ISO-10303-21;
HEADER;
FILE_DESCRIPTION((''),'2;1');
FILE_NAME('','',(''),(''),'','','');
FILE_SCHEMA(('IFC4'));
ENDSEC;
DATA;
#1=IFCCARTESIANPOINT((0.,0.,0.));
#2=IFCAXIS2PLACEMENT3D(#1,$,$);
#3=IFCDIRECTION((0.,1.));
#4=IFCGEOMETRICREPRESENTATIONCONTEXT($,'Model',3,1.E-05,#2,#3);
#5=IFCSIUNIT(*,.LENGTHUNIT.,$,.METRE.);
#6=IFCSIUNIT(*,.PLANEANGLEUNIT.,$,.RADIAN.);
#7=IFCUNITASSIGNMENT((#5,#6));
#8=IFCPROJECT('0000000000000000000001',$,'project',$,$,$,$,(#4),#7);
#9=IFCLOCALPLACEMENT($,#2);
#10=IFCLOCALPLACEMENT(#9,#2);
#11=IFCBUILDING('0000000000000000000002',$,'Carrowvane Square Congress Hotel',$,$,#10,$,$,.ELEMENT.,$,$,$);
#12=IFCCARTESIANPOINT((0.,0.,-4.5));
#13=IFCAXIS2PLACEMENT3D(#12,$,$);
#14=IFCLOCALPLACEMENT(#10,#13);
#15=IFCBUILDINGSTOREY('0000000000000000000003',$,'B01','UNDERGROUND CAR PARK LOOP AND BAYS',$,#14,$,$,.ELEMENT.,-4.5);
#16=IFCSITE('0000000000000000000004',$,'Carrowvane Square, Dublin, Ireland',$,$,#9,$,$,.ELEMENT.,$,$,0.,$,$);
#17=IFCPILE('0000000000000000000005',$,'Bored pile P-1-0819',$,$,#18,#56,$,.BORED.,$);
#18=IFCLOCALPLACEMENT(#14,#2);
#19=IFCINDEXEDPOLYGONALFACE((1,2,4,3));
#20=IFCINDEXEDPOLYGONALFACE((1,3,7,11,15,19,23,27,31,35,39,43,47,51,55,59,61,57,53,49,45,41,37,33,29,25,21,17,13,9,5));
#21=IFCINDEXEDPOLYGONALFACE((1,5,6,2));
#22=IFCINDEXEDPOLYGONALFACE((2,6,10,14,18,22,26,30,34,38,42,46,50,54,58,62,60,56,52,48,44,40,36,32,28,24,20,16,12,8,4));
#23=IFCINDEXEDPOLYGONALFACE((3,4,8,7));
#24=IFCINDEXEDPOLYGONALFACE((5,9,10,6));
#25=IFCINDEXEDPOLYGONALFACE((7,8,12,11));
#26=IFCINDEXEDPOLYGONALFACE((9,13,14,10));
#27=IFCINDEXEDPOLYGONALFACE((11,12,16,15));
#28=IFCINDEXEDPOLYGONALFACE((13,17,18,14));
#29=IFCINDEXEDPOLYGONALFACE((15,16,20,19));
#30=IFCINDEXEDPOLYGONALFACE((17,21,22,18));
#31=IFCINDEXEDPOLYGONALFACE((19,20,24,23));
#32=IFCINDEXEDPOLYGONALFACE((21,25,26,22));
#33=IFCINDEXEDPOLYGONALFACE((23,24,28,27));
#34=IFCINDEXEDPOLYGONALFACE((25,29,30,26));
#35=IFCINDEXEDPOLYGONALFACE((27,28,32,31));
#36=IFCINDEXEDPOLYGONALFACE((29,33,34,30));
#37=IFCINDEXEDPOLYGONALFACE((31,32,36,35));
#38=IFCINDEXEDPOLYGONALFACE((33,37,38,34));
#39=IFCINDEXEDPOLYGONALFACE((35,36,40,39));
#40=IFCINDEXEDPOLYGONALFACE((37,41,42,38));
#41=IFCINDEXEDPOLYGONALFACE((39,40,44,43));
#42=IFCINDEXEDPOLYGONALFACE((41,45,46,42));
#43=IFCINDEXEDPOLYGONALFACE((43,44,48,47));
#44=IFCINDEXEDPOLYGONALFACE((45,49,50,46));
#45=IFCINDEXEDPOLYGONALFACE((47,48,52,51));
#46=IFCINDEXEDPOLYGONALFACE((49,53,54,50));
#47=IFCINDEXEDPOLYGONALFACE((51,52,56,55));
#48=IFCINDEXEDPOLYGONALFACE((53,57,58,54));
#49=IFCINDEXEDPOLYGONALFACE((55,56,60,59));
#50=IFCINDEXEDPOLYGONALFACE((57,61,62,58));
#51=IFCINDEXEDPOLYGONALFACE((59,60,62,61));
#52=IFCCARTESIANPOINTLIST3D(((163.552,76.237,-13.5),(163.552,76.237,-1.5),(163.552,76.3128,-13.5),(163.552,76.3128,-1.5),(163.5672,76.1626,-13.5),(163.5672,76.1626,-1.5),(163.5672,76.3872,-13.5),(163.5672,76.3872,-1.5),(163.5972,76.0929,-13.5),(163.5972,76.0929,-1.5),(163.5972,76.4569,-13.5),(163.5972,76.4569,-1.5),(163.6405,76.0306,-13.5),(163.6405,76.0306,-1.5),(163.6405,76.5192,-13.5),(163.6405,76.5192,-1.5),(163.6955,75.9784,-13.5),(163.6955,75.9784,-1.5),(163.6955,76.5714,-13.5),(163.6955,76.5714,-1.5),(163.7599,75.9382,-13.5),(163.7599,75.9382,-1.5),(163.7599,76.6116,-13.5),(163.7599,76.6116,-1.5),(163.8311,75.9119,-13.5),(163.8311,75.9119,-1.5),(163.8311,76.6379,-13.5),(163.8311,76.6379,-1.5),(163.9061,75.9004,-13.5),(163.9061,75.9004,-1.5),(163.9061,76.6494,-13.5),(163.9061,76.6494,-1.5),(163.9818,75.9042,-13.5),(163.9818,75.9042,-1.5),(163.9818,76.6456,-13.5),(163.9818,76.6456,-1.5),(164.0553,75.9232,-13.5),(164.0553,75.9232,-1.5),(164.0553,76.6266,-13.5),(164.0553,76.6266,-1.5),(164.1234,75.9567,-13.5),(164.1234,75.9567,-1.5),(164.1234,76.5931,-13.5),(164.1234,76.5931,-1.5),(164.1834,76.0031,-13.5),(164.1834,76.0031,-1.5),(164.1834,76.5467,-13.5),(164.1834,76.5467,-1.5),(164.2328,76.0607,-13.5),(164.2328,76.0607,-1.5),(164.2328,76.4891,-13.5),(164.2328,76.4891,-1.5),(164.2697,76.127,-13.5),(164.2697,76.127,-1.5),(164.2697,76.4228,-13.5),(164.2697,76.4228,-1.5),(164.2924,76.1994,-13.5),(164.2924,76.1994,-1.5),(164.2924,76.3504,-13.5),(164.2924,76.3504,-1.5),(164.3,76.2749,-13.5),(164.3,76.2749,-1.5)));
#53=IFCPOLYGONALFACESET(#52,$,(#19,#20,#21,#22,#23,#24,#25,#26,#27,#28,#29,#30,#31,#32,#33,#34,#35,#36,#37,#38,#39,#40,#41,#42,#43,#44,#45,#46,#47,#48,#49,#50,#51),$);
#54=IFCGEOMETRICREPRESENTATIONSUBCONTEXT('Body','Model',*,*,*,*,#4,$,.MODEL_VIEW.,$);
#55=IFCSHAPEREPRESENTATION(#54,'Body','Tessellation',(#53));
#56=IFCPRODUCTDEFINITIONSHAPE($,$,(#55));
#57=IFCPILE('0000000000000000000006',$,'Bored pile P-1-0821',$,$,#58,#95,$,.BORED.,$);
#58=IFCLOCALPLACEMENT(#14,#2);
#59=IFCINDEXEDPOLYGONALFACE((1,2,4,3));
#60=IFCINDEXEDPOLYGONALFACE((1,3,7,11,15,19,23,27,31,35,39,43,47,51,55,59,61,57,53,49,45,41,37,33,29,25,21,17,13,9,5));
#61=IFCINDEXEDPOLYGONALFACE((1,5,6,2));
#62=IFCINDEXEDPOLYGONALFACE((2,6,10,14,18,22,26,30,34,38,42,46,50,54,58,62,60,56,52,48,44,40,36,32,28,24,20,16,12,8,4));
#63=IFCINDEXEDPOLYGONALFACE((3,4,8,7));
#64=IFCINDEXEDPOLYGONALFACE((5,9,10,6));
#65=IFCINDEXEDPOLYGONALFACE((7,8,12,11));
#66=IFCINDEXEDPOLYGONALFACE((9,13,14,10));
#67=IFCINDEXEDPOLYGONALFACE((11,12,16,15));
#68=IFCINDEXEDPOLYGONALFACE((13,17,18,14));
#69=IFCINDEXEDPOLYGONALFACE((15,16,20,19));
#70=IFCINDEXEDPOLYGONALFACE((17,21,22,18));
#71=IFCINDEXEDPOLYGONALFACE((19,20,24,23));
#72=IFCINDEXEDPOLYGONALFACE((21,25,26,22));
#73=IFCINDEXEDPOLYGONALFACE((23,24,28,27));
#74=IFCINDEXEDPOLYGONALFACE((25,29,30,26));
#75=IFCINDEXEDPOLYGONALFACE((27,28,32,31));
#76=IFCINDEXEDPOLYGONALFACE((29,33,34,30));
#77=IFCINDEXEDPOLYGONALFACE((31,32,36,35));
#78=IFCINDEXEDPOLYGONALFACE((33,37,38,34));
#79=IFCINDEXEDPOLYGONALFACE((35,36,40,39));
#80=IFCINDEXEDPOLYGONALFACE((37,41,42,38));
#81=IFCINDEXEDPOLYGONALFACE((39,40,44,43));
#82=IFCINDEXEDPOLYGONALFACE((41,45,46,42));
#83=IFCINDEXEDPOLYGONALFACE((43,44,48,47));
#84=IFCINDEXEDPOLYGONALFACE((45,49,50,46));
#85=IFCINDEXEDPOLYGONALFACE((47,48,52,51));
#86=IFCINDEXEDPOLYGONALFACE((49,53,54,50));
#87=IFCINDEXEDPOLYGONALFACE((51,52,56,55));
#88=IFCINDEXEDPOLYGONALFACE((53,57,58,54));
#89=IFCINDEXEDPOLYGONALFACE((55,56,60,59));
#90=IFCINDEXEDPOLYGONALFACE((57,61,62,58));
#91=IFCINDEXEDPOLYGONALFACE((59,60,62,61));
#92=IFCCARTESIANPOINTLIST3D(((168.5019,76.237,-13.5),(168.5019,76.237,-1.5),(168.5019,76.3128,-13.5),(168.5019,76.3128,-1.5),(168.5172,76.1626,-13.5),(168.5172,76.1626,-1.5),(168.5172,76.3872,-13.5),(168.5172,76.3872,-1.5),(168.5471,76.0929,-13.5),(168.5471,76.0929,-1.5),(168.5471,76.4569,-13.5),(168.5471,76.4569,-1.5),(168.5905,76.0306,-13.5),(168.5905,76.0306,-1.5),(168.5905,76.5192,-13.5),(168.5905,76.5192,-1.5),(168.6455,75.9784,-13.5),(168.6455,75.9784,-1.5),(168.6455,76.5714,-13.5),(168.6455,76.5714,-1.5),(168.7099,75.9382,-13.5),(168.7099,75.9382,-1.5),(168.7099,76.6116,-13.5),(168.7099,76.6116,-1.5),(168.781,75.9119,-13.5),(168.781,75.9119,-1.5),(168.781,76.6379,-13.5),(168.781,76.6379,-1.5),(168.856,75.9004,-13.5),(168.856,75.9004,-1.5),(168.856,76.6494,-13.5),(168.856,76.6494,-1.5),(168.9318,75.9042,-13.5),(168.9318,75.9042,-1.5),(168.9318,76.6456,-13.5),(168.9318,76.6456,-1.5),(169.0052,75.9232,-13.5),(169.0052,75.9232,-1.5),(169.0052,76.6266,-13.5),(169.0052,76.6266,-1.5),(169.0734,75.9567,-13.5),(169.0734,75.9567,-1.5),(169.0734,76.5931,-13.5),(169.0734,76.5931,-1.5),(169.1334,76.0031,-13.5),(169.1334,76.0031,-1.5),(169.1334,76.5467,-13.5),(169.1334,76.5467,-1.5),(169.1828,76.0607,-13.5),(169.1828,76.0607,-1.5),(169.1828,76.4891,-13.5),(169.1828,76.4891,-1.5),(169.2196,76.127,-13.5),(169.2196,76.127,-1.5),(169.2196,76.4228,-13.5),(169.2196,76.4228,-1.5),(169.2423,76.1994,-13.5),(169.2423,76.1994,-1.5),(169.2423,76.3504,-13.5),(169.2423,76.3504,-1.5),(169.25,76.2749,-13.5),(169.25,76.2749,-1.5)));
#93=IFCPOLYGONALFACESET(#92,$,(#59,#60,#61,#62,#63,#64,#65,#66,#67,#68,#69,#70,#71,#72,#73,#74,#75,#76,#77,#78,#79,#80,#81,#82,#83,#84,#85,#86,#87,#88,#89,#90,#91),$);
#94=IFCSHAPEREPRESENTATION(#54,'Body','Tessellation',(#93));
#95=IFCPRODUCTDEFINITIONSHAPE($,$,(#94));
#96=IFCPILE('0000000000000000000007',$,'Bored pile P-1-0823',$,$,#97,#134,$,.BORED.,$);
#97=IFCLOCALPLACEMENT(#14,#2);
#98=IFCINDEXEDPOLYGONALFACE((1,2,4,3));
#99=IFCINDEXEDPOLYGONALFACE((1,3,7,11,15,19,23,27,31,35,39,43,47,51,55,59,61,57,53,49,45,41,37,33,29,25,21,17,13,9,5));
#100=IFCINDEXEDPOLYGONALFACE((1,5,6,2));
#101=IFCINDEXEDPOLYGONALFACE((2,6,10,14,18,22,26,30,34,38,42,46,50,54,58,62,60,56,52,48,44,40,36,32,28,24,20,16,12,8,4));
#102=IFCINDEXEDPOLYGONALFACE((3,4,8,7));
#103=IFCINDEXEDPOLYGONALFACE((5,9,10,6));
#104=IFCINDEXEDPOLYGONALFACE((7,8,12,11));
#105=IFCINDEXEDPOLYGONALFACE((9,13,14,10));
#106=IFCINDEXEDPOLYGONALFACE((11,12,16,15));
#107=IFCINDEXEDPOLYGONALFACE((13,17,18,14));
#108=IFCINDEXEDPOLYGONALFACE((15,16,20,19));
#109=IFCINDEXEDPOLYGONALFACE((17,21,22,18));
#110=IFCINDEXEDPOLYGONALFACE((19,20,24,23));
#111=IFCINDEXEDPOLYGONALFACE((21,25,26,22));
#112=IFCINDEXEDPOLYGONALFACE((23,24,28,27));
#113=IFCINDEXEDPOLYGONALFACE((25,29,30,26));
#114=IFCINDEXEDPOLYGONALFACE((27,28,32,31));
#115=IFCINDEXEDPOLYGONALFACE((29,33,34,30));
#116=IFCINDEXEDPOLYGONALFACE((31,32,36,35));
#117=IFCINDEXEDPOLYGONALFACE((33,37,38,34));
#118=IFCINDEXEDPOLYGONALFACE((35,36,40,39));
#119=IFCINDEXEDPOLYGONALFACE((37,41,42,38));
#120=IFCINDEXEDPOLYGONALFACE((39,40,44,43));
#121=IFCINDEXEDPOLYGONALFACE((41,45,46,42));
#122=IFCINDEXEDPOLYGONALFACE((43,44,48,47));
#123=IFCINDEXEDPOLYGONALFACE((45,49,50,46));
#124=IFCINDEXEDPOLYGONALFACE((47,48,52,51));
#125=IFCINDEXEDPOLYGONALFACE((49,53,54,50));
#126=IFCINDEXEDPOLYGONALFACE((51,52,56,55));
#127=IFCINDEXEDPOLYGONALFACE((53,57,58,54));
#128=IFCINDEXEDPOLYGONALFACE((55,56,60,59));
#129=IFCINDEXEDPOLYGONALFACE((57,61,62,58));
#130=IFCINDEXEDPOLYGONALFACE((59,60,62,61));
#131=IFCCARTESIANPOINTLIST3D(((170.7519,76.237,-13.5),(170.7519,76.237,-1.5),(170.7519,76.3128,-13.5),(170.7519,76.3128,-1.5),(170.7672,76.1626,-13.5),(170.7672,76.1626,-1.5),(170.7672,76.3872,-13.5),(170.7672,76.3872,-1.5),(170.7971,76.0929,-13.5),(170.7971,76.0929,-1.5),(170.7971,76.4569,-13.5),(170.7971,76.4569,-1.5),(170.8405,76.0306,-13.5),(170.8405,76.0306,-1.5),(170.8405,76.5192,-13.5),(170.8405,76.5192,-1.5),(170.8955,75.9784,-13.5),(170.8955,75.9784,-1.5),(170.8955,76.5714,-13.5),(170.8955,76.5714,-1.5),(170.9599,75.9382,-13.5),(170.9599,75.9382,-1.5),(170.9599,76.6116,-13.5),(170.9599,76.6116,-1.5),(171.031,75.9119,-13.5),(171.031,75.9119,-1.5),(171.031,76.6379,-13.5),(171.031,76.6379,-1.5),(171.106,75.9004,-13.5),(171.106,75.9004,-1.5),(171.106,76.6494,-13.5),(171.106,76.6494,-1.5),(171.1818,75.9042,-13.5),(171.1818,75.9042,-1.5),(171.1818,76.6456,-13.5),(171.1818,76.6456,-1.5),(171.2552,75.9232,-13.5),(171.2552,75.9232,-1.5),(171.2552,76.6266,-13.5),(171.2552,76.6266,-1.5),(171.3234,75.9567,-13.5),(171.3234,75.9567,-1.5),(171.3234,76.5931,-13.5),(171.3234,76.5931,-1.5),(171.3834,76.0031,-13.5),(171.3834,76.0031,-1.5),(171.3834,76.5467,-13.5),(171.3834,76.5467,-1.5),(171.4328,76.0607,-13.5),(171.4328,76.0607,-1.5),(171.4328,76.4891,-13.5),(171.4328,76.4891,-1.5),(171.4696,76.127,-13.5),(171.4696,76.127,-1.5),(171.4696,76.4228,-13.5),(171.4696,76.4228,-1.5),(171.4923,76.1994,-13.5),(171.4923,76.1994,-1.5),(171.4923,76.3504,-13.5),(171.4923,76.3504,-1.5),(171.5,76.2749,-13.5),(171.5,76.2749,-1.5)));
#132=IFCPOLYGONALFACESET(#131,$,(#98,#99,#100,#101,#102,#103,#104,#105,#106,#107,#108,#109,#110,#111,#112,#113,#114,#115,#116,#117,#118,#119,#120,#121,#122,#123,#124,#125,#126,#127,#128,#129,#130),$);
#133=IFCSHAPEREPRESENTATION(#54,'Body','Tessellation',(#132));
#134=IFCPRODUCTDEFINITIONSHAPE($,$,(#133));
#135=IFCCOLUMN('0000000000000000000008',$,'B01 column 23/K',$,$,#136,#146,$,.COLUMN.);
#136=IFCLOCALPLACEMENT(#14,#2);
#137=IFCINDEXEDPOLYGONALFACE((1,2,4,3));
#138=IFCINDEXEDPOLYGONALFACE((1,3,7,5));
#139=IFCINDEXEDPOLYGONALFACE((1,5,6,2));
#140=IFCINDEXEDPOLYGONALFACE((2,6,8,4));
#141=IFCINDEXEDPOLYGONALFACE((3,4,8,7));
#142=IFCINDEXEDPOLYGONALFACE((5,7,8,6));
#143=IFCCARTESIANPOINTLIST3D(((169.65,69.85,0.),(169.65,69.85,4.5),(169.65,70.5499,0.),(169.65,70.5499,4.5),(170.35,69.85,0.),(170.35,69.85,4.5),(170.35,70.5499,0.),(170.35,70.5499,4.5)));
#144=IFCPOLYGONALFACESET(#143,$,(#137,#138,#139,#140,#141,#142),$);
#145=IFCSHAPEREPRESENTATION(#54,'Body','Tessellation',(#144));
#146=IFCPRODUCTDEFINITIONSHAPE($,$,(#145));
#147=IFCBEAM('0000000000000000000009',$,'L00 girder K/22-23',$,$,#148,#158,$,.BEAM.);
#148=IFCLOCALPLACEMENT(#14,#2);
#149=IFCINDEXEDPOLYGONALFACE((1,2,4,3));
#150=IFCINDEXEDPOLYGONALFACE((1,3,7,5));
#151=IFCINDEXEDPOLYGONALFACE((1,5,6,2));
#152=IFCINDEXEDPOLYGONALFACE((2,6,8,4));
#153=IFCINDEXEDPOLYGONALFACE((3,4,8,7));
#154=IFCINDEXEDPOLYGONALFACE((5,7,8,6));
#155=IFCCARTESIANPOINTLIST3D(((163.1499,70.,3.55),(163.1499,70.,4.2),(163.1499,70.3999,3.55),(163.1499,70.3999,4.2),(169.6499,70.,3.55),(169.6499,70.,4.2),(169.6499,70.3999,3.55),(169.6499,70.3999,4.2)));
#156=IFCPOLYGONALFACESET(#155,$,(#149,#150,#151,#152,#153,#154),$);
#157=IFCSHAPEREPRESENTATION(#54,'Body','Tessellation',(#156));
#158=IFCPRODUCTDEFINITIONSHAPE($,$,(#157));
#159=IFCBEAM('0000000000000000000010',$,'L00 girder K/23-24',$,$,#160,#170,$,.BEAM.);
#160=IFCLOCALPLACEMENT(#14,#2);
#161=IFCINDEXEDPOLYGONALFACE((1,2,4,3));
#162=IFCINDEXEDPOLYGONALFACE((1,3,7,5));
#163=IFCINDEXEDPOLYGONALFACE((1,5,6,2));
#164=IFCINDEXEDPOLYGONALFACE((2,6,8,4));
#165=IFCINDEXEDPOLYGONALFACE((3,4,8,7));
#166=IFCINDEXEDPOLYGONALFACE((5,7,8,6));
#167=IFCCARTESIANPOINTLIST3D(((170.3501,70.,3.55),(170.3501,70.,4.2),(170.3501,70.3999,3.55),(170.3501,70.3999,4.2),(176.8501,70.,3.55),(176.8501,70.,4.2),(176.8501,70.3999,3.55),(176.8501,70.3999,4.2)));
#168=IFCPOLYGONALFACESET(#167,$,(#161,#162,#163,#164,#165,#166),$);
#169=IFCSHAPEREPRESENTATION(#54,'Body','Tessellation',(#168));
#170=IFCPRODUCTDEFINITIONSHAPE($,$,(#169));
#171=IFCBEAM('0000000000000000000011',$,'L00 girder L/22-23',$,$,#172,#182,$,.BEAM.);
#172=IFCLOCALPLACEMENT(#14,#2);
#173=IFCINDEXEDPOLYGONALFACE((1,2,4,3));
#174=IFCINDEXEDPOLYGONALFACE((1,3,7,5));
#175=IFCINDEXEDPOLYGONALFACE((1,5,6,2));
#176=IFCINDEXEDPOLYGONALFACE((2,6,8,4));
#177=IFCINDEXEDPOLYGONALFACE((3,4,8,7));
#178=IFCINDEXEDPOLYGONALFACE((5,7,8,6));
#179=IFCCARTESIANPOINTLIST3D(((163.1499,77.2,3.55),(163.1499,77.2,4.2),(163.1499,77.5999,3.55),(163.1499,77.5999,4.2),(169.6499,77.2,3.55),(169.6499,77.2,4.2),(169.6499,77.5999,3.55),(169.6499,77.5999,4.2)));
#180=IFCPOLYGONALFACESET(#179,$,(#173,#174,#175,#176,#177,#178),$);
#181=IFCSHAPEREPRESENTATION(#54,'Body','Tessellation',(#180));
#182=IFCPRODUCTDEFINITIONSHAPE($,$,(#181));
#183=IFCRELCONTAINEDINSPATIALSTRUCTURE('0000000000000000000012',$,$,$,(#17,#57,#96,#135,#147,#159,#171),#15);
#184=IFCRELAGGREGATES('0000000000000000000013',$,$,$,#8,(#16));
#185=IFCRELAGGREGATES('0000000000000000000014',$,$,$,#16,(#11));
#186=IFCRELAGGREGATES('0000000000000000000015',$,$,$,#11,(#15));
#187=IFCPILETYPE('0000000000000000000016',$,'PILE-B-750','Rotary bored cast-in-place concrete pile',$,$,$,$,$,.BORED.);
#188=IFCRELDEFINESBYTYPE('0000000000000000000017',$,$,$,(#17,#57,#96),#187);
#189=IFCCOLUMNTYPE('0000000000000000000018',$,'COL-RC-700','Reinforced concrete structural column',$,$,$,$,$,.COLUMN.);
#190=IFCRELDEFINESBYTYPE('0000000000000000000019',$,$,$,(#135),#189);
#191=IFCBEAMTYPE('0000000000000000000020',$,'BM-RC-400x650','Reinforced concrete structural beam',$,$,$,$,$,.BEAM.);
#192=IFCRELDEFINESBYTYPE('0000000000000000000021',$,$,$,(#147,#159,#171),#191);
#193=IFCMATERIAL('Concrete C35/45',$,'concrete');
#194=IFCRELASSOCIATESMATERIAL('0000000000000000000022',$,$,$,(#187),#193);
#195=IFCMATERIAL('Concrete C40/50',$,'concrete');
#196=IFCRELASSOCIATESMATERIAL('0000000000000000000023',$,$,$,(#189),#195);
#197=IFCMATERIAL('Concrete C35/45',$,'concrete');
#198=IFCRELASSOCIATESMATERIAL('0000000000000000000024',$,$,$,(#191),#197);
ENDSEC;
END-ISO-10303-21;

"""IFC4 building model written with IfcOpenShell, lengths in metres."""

from ifc_helpers import new_model, si_unit, direction, frame, origin, origin_2d, place, context, subcontext, project, spatial, rectangle, circle, extrude, material, material_profile, profile_set, type_object, element, save


model = new_model("IFC4")

# Units and contexts
model_context = context("Model", 3, precision=1e-05, world=origin(), true_north=direction((0.0, 1.0)))
body_context = subcontext(model_context, "Body", "Model", "MODEL_VIEW")
ifc_project = project(units=[si_unit("LENGTHUNIT", "METRE"), si_unit("PLANEANGLEUNIT", "RADIAN")], contexts=[model_context])

# Site, building, storey
site_placement = place(None, origin())
site = spatial("IfcSite", under=ifc_project, at=site_placement, Name="Carrowvane Square, Dublin, Ireland", CompositionType="ELEMENT", RefElevation=0.0)
building_placement = place(site_placement, origin())
building = spatial("IfcBuilding", under=site, at=building_placement, Name="Carrowvane Square Congress Hotel", CompositionType="ELEMENT")
storey_placement = place(building_placement, frame((0.0, 0.0, -4.5)))
storey = spatial("IfcBuildingStorey", under=building, at=storey_placement, Name="B01", Description="UNDERGROUND CAR PARK LOOP AND BAYS", CompositionType="ELEMENT", Elevation=-4.5)

# Piles
ifc_material_1 = material(Name="Concrete C35/45", Category="concrete")
ifc_material_profile_1 = material_profile(ifc_material_1, circle(Radius=0.375, at=origin_2d()), Name="PILE D750")
ifc_profile_set_1 = profile_set([ifc_material_profile_1], Name="Concrete C35/45")
pile_type = type_object("IfcPileType", Name="PILE-B-750", Description="Rotary bored cast-in-place concrete pile", PredefinedType="BORED", material=ifc_profile_set_1)
for number, where, z_axis, x_axis, name in (
    (1, (163.925, 76.2749, -1.5), (0.0, 0.0, -1.0), (1.0, 0.0, 0.0), "Bored pile P-1-0819"),
    (2, (168.875, 76.2749, -1.5), (0.0, 0.0, -1.0), (1.0, 0.0, 0.0), "Bored pile P-1-0821"),
    (3, (171.125, 76.2749, -1.5), (0.0, 0.0, -1.0), (1.0, 0.0, 0.0), "Bored pile P-1-0823"),
):
    element("IfcPile", number, at=place(storey_placement, frame(where, z_axis=z_axis, x_axis=x_axis)), inside=storey, type_object=pile_type, Name=name, PredefinedType="BORED", context=body_context, shape_type="SweptSolid", body=[
        extrude(circle(Radius=0.375, at=origin_2d()), origin(), (0.0, 0.0, 1.0), 12.0),
    ])

# Column
ifc_material_2 = material(Name="Concrete C40/50", Category="concrete")
ifc_material_profile_2 = material_profile(ifc_material_2, rectangle(XDim=0.7, YDim=0.7, at=origin_2d()), Name="RC 700x700")
ifc_profile_set_2 = profile_set([ifc_material_profile_2], Name="Concrete C40/50")
column_type = type_object("IfcColumnType", Name="COL-RC-700", Description="Reinforced concrete structural column", PredefinedType="COLUMN", material=ifc_profile_set_2)
column_placement = place(storey_placement, frame((170.0, 70.2, 0.0), z_axis=(0.0, 0.0, 1.0), x_axis=(1.0, 0.0, 0.0)))
element("IfcColumn", 4, at=column_placement, inside=storey, type_object=column_type, Name="B01 column 23/K", PredefinedType="COLUMN", context=body_context, shape_type="SweptSolid", body=[
    extrude(rectangle(XDim=0.7, YDim=0.7, at=origin_2d()), origin(), (0.0, 0.0, 1.0), 4.5),
])

# Beams
ifc_material_3 = material(Name="Concrete C35/45", Category="concrete")
ifc_material_profile_3 = material_profile(ifc_material_3, rectangle(XDim=0.3999, YDim=0.6499, at=origin_2d()), Name="RC 400x650")
ifc_profile_set_3 = profile_set([ifc_material_profile_3], Name="Concrete C35/45")
beam_type_1 = type_object("IfcBeamType", Name="BM-RC-400x650", Description="Reinforced concrete structural beam", PredefinedType="BEAM", material=ifc_profile_set_3)
for number, where, z_axis, x_axis, name in (
    (5, (163.1499, 70.2, 3.875), (1.0, 0.0, 0.0), (0.0, 1.0, 0.0), "L00 girder K/22-23"),
    (6, (170.3501, 70.2, 3.875), (1.0, 0.0, 0.0), (0.0, 1.0, 0.0), "L00 girder K/23-24"),
    (7, (163.1499, 77.3999, 3.875), (1.0, 0.0, 0.0), (0.0, 1.0, 0.0), "L00 girder L/22-23"),
):
    element("IfcBeam", number, at=place(storey_placement, frame(where, z_axis=z_axis, x_axis=x_axis)), inside=storey, type_object=beam_type_1, Name=name, PredefinedType="BEAM", context=body_context, shape_type="SweptSolid", body=[
        extrude(rectangle(XDim=0.3999, YDim=0.6499, at=origin_2d()), origin(), (0.0, 0.0, 1.0), 6.5),
    ])

save(model, "model.ifc")
